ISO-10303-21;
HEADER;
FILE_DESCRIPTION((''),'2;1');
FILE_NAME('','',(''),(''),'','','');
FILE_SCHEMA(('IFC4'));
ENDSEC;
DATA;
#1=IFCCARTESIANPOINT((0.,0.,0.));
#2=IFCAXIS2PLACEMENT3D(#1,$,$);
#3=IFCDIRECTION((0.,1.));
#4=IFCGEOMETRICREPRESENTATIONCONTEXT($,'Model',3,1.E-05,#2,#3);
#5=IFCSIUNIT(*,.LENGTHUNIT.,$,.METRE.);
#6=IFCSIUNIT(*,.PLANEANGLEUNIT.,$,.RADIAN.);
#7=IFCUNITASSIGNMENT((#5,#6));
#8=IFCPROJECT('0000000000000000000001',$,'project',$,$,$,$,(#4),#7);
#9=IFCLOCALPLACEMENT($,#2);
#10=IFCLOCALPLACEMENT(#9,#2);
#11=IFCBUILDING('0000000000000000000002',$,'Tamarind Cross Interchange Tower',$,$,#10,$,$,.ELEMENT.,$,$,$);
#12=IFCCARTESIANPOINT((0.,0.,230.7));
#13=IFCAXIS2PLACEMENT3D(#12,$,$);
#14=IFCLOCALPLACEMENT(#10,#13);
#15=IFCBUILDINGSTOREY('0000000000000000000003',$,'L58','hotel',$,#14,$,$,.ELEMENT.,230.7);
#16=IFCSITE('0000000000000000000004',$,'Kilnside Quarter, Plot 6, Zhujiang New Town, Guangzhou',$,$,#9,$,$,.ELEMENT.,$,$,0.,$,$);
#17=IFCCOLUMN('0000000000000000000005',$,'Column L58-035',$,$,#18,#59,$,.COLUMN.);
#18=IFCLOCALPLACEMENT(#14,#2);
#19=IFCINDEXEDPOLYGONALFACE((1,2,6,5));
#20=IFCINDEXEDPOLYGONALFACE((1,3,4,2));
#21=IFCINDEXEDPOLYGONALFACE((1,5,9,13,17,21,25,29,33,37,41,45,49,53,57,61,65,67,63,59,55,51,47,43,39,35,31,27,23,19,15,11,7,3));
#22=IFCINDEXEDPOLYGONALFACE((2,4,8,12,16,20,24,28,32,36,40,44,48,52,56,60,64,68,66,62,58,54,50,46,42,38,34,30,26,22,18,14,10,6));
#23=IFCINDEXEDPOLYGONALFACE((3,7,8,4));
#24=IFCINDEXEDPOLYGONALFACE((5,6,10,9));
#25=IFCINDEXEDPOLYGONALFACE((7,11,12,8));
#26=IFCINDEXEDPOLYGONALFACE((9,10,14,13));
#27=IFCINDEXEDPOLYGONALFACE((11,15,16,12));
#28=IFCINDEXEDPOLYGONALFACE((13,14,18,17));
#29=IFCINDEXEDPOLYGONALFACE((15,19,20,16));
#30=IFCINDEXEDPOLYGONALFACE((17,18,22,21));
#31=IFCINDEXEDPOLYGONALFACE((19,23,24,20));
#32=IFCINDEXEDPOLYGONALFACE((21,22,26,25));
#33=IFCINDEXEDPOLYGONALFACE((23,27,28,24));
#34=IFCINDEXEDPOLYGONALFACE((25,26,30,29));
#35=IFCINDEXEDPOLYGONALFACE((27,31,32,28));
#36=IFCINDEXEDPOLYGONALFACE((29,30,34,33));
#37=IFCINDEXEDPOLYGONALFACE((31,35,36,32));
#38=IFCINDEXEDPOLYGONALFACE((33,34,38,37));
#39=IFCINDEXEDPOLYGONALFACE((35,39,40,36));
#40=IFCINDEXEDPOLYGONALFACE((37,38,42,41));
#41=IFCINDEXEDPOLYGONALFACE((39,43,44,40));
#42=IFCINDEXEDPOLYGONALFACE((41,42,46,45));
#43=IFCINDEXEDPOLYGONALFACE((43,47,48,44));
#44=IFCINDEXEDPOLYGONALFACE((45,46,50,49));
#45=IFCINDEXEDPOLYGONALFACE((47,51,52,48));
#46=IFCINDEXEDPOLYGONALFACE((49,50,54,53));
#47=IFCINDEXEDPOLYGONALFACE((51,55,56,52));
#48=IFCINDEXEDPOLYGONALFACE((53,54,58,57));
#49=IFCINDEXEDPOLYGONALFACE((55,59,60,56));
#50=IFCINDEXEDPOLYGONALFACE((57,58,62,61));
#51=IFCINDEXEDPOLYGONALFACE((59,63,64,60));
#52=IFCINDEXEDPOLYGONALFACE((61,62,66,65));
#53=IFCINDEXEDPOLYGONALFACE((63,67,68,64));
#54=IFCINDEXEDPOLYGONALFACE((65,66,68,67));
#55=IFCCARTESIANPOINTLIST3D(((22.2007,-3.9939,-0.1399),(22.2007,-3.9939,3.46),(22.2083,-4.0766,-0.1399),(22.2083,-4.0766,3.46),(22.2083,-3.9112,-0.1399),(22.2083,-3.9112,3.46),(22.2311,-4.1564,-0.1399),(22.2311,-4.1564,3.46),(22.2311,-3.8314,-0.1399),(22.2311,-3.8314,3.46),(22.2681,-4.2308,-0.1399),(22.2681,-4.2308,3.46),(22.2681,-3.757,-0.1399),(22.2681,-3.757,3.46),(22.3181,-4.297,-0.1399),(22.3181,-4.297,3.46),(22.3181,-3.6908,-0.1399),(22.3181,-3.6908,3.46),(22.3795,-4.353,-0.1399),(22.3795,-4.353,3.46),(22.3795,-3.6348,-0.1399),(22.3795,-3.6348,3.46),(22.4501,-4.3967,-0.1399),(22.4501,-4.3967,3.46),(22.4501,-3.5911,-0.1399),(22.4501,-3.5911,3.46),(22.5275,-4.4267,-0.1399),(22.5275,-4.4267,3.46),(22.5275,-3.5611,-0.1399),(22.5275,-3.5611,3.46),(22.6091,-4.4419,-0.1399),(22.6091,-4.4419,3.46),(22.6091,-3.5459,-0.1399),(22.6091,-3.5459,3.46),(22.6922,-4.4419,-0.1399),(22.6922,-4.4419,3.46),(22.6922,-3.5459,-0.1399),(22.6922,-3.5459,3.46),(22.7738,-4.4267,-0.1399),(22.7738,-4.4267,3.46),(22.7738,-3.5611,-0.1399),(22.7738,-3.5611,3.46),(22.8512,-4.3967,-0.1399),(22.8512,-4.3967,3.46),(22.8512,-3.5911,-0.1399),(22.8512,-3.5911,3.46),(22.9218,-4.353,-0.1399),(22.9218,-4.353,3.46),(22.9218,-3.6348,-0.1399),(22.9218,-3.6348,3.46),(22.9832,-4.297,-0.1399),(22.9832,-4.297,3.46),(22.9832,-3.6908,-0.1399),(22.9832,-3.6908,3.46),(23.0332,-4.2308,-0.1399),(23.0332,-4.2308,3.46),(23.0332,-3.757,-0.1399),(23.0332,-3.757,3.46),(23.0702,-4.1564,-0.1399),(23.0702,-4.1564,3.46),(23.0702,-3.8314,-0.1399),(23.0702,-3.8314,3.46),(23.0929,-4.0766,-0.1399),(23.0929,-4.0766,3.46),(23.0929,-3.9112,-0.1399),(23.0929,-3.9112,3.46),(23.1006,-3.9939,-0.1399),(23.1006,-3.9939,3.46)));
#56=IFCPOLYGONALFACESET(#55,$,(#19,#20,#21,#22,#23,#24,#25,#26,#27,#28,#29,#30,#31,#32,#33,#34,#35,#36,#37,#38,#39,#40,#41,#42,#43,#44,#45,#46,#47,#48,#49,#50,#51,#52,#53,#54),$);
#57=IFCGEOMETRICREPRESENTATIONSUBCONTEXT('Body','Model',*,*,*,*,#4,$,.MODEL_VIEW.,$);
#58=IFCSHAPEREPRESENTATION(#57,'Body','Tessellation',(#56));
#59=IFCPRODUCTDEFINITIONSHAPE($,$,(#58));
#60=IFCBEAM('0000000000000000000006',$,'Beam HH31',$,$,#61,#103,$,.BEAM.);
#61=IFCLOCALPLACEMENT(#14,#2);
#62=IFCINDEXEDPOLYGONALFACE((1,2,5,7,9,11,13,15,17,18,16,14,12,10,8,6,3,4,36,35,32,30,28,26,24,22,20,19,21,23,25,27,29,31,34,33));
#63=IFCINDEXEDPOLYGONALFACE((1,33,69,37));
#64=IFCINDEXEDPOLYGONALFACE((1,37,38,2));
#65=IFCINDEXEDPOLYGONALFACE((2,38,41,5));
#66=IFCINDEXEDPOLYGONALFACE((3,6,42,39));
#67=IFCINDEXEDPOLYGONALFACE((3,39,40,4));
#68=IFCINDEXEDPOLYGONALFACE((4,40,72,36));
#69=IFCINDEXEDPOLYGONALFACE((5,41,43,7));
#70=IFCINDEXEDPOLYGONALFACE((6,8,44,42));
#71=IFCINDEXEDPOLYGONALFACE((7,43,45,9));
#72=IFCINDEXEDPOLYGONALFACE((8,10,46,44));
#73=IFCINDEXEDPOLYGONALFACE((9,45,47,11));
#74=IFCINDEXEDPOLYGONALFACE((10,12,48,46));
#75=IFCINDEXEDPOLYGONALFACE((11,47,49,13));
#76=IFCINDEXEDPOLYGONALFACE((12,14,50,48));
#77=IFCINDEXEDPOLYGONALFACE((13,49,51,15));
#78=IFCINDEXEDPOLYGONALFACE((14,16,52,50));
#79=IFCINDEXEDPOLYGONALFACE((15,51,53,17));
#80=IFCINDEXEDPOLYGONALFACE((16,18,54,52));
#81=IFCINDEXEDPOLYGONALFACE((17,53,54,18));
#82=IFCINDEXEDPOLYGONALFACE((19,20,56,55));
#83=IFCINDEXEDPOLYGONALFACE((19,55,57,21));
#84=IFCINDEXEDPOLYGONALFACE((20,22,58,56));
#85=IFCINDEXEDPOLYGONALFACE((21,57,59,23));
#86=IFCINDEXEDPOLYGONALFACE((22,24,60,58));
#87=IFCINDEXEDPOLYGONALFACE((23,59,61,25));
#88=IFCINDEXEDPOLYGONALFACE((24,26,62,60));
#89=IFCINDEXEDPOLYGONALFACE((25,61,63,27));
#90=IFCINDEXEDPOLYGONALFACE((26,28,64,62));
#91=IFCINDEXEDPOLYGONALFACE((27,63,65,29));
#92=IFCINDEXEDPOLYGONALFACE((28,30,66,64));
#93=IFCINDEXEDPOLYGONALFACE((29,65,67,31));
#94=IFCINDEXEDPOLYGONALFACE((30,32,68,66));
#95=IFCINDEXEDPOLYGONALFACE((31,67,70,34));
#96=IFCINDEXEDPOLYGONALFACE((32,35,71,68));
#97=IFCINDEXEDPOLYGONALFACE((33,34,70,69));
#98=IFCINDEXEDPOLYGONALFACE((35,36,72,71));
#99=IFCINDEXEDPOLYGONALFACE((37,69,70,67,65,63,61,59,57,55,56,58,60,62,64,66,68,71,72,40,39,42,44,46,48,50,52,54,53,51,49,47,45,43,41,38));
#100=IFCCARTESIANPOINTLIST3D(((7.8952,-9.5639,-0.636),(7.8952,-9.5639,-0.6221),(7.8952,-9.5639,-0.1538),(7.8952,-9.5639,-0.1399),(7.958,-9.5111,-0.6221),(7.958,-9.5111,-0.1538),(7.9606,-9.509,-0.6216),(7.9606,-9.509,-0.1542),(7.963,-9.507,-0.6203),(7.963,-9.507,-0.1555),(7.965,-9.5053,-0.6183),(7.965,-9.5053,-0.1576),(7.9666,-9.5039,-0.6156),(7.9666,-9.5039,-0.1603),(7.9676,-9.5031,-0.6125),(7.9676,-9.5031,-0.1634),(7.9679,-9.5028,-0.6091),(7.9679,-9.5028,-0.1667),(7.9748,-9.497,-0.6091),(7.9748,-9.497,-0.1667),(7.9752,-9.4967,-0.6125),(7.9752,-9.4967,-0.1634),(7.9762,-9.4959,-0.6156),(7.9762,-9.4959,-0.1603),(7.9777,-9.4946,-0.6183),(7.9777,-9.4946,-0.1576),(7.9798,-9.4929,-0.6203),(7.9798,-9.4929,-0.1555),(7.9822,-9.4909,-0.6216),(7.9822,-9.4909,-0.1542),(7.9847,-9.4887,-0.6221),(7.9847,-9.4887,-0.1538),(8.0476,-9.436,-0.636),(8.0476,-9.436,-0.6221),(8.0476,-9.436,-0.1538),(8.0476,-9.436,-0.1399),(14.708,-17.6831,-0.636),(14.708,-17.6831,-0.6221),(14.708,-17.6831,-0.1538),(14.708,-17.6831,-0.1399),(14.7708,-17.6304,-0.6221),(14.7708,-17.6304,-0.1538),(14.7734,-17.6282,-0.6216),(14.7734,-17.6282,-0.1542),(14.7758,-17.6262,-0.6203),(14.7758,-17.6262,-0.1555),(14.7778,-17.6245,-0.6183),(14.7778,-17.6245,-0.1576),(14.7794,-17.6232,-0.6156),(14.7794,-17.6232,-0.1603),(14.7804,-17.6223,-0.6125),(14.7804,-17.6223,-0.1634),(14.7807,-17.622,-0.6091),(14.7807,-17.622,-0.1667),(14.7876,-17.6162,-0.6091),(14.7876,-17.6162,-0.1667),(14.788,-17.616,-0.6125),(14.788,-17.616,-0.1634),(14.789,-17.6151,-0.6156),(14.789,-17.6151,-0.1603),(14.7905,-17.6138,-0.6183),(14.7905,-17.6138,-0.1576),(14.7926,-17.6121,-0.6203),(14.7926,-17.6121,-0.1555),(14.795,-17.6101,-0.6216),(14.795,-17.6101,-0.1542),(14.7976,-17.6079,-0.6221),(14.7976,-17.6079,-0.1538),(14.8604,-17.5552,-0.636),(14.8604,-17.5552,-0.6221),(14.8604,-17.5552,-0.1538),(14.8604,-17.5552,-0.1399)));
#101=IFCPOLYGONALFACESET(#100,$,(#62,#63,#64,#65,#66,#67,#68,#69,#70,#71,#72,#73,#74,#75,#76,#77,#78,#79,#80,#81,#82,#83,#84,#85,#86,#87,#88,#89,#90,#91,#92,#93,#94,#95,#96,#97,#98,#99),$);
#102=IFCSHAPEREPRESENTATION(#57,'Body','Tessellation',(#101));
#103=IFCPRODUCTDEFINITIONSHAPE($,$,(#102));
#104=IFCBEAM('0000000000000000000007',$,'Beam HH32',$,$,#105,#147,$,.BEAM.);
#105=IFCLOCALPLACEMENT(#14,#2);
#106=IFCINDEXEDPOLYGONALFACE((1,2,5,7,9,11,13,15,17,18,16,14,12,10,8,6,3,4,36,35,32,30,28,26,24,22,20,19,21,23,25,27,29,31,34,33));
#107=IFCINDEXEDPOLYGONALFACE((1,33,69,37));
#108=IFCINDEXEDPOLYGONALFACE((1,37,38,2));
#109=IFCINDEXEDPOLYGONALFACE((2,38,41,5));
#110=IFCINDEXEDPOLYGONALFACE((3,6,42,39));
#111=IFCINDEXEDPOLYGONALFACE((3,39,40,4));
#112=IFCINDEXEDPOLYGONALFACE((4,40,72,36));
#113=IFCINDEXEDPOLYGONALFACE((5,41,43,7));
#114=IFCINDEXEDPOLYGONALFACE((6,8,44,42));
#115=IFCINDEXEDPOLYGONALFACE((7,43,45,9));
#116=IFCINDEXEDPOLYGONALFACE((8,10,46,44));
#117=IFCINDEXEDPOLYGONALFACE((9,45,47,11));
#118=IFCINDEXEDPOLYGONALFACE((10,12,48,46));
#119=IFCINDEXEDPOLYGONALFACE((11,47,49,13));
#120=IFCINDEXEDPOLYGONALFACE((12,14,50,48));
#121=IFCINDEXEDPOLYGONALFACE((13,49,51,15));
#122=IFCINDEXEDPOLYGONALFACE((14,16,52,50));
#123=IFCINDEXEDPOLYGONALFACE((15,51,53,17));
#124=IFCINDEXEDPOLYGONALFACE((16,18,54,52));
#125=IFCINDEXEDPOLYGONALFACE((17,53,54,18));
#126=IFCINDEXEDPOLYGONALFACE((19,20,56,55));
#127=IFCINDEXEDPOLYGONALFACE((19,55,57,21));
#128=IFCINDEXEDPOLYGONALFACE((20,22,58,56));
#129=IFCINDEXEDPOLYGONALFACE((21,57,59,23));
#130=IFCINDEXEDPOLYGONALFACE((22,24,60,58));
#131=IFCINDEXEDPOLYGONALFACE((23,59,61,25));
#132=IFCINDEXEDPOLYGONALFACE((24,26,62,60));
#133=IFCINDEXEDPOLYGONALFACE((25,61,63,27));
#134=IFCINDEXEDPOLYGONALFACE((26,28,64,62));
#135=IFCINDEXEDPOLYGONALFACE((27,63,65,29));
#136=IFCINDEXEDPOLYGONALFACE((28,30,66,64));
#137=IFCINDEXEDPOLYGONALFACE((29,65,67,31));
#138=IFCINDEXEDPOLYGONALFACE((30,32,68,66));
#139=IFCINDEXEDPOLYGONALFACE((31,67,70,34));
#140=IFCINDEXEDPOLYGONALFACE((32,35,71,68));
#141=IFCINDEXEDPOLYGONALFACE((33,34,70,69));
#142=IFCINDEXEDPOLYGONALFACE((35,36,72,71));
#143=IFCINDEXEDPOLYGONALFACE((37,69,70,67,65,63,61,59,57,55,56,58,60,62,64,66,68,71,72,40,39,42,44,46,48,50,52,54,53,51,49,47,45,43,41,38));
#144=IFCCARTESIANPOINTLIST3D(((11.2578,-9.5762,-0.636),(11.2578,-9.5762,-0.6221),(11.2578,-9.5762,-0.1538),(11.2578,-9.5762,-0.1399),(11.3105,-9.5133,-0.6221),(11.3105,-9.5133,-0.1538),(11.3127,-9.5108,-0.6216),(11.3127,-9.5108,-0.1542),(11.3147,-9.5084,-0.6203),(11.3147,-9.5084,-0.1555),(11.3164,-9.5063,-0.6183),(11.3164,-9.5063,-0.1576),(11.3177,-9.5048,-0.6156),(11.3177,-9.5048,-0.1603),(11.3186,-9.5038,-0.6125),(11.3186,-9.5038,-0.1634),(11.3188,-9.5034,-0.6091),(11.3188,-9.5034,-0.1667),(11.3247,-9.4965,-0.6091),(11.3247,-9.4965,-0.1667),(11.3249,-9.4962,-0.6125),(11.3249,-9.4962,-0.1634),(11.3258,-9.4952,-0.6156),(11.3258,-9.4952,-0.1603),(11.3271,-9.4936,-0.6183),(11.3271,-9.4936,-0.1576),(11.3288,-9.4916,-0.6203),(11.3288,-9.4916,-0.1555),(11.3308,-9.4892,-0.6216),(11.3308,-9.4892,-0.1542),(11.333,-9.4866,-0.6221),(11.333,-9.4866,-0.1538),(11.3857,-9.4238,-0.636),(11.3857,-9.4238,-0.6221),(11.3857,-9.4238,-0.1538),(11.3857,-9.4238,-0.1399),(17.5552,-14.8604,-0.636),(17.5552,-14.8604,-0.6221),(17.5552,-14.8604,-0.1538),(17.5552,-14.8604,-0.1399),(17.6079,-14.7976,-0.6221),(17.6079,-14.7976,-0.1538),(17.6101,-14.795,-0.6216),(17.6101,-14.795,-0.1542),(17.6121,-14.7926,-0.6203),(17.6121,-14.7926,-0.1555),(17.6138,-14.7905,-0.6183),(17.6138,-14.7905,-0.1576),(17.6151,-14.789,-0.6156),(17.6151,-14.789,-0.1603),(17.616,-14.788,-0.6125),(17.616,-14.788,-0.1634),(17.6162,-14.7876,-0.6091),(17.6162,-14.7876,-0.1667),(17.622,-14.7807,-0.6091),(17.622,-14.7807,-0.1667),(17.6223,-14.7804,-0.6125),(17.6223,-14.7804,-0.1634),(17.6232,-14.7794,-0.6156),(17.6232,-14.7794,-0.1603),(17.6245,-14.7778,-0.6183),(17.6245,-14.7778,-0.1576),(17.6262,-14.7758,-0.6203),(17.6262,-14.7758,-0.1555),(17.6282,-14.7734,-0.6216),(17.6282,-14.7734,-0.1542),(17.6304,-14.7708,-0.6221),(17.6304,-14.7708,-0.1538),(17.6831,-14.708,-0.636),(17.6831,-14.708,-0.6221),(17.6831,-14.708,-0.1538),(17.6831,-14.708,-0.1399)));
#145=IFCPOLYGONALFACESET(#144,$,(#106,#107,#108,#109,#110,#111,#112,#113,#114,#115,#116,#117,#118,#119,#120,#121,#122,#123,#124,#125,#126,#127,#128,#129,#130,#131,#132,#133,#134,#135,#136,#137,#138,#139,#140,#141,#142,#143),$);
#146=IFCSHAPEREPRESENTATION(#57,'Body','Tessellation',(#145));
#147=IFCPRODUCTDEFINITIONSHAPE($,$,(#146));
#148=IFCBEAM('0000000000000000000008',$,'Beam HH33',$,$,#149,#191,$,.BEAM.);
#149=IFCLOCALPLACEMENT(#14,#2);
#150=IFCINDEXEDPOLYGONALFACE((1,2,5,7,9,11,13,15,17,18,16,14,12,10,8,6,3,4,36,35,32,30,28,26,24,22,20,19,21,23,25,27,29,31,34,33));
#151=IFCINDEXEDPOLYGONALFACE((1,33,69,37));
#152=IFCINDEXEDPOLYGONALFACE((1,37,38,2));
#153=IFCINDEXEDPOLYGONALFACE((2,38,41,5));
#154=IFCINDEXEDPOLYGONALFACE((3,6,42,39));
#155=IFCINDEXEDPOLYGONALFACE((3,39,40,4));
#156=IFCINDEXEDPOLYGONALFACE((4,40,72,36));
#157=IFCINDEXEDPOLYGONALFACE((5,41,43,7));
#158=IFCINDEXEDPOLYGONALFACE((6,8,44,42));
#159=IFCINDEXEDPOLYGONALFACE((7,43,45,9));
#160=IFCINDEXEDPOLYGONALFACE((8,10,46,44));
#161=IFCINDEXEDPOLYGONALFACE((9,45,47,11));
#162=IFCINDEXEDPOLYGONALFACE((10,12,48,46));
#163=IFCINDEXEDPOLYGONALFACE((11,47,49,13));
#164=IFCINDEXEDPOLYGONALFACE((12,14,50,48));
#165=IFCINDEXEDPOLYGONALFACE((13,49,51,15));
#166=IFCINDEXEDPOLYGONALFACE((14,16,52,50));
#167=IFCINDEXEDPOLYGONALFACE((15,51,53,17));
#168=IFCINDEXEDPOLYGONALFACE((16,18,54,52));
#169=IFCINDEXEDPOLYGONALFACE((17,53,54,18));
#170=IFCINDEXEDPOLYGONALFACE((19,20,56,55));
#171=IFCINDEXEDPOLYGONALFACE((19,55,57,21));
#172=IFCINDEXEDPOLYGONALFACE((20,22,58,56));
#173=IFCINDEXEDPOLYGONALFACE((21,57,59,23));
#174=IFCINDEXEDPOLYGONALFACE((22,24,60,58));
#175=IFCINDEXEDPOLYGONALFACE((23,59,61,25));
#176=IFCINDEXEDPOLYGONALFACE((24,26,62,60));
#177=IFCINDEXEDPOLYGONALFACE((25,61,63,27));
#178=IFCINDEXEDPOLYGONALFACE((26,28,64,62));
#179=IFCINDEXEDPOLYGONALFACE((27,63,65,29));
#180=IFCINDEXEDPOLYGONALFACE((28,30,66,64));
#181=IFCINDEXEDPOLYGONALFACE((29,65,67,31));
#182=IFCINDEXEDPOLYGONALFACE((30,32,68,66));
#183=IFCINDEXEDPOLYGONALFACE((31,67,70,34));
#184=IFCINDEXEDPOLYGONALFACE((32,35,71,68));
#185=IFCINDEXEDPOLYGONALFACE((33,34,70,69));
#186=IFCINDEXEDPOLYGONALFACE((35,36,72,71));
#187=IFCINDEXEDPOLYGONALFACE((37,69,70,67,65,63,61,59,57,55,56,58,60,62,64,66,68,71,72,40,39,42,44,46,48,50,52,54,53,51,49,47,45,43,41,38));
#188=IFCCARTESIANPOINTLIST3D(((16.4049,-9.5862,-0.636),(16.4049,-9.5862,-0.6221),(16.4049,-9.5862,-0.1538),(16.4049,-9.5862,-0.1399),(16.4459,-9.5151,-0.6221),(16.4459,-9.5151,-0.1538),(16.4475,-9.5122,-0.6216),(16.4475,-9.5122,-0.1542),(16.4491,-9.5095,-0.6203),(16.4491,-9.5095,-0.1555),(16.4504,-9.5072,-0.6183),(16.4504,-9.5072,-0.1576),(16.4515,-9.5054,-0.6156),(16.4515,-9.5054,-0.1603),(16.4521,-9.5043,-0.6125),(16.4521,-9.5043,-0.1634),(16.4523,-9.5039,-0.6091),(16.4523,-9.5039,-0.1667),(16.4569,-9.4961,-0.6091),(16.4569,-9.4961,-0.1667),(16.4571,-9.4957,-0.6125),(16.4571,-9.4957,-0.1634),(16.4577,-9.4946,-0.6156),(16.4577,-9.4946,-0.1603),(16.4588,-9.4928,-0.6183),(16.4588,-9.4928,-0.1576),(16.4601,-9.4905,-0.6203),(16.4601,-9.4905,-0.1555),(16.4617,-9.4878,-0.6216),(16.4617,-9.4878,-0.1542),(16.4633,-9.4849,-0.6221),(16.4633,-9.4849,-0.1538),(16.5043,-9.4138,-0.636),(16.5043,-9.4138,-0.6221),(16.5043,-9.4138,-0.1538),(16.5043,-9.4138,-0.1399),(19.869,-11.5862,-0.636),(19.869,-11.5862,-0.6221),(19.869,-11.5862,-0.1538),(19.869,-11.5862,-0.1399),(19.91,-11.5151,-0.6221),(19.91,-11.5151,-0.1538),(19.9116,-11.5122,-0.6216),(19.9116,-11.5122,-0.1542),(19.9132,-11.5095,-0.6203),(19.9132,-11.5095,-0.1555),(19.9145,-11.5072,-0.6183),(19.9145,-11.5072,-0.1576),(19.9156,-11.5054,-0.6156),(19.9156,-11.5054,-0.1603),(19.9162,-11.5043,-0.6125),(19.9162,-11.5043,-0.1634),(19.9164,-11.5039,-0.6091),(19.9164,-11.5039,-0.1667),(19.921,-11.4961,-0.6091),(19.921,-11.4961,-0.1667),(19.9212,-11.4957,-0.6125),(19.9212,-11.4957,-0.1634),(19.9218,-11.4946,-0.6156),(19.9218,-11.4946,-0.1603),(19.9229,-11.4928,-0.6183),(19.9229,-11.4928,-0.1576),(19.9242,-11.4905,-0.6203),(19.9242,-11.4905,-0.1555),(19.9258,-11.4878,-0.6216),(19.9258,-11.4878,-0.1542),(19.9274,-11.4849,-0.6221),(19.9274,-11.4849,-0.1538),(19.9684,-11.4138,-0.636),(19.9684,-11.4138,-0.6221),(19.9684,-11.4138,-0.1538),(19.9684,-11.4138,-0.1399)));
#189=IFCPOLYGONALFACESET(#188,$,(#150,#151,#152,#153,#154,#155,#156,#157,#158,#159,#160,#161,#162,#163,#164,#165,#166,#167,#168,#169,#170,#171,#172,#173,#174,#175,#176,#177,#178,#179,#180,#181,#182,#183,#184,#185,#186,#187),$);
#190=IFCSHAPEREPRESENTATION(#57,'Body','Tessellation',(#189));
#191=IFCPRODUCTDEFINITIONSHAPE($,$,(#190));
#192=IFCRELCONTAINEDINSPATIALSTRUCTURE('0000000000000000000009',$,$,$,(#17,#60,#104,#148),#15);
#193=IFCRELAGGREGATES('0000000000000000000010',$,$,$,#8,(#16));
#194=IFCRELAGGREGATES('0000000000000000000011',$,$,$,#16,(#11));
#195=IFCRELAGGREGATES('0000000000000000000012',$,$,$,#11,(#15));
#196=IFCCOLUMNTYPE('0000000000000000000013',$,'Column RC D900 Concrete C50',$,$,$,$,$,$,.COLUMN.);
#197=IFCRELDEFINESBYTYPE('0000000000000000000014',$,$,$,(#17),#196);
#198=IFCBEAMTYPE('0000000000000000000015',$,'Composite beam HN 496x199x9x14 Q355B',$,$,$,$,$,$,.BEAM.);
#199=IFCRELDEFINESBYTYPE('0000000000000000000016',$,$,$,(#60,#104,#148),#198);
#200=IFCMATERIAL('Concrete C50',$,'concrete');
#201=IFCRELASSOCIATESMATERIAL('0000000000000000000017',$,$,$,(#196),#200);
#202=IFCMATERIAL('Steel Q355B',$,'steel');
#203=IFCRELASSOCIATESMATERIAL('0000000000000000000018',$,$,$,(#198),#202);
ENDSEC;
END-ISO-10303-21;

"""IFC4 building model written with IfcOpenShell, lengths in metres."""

from ifc_helpers import new_model, si_unit, direction, frame, origin, origin_2d, place, context, subcontext, project, spatial, circle, i_section, extrude, material, material_profile, profile_set, type_object, element, save


model = new_model("IFC4")

# Units and contexts
model_context = context("Model", 3, precision=1e-05, world=origin(), true_north=direction((0.0, 1.0)))
body_context = subcontext(model_context, "Body", "Model", "MODEL_VIEW")
ifc_project = project(units=[si_unit("LENGTHUNIT", "METRE"), si_unit("PLANEANGLEUNIT", "RADIAN")], contexts=[model_context])

# Site, building, storey
site_placement = place(None, origin())
site = spatial("IfcSite", under=ifc_project, at=site_placement, Name="Kilnside Quarter, Plot 6, Zhujiang New Town, Guangzhou", CompositionType="ELEMENT", RefElevation=0.0)
building_placement = place(site_placement, origin())
building = spatial("IfcBuilding", under=site, at=building_placement, Name="Tamarind Cross Interchange Tower", CompositionType="ELEMENT")
storey_placement = place(building_placement, frame((0.0, 0.0, 230.7)))
storey = spatial("IfcBuildingStorey", under=building, at=storey_placement, Name="L58", Description="hotel", CompositionType="ELEMENT", Elevation=230.7)

# Column
ifc_material_1 = material(Name="Concrete C50", Category="concrete")
ifc_material_profile_1 = material_profile(ifc_material_1, circle(Radius=0.45, at=origin_2d()), Name="RC D900")
ifc_profile_set_1 = profile_set([ifc_material_profile_1], Name="Concrete C50")
column_type = type_object("IfcColumnType", Name="Column RC D900 Concrete C50", PredefinedType="COLUMN", material=ifc_profile_set_1)
for number, where, z_axis, x_axis, name in (
    (1, (22.6506, -3.9939, -0.1399), (0.0, 0.0, 1.0), (1.0, 0.0, 0.0), "Column L58-035"),
):
    element("IfcColumn", number, at=place(storey_placement, frame(where, z_axis=z_axis, x_axis=x_axis)), inside=storey, type_object=column_type, Name=name, PredefinedType="COLUMN", context=body_context, shape_type="SweptSolid", body=[
        extrude(circle(Radius=0.45, at=origin_2d()), origin(), (0.0, 0.0, 1.0), 3.5999),
    ])

# Beams
ifc_material_2 = material(Name="Steel Q355B", Category="steel")
ifc_material_profile_2 = material_profile(ifc_material_2, i_section(OverallWidth=0.199, OverallDepth=0.4961, WebThickness=0.009, FlangeThickness=0.0139, FilletRadius=0.0129, at=origin_2d()), Name="HN 496x199x9x14")
ifc_profile_set_2 = profile_set([ifc_material_profile_2], Name="Steel Q355B")
beam_type = type_object("IfcBeamType", Name="Composite beam HN 496x199x9x14 Q355B", PredefinedType="BEAM", material=ifc_profile_set_2)
beam_1_placement = place(storey_placement, frame((14.7842, -17.6191, -0.3879), z_axis=(-0.642786, 0.766046, 0.0), x_axis=(-0.766046, -0.642786, 0.0)))
element("IfcBeam", 2, at=beam_1_placement, inside=storey, type_object=beam_type, Name="Beam HH31", PredefinedType="BEAM", context=body_context, shape_type="SweptSolid", body=[
    extrude(i_section(OverallWidth=0.199, OverallDepth=0.4961, WebThickness=0.009, FlangeThickness=0.0139, FilletRadius=0.0129, at=origin_2d()), origin(), (0.0, 0.0, 1.0), 10.5989),
])
beam_2_placement = place(storey_placement, frame((17.6191, -14.7842, -0.3879), z_axis=(-0.766041, 0.642792, 0.0), x_axis=(-0.642792, -0.766041, 0.0)))
element("IfcBeam", 3, at=beam_2_placement, inside=storey, type_object=beam_type, Name="Beam HH32", PredefinedType="BEAM", context=body_context, shape_type="SweptSolid", body=[
    extrude(i_section(OverallWidth=0.199, OverallDepth=0.4961, WebThickness=0.009, FlangeThickness=0.0139, FilletRadius=0.0129, at=origin_2d()), origin(), (0.0, 0.0, 1.0), 8.2207),
])
beam_3_placement = place(storey_placement, frame((19.9187, -11.5, -0.3879), z_axis=(-0.866026, 0.499999, 0.0), x_axis=(-0.499999, -0.866026, 0.0)))
element("IfcBeam", 4, at=beam_3_placement, inside=storey, type_object=beam_type, Name="Beam HH33", PredefinedType="BEAM", context=body_context, shape_type="SweptSolid", body=[
    extrude(i_section(OverallWidth=0.199, OverallDepth=0.4961, WebThickness=0.009, FlangeThickness=0.0139, FilletRadius=0.0129, at=origin_2d()), origin(), (0.0, 0.0, 1.0), 4.0),
])

save(model, "model.ifc")
